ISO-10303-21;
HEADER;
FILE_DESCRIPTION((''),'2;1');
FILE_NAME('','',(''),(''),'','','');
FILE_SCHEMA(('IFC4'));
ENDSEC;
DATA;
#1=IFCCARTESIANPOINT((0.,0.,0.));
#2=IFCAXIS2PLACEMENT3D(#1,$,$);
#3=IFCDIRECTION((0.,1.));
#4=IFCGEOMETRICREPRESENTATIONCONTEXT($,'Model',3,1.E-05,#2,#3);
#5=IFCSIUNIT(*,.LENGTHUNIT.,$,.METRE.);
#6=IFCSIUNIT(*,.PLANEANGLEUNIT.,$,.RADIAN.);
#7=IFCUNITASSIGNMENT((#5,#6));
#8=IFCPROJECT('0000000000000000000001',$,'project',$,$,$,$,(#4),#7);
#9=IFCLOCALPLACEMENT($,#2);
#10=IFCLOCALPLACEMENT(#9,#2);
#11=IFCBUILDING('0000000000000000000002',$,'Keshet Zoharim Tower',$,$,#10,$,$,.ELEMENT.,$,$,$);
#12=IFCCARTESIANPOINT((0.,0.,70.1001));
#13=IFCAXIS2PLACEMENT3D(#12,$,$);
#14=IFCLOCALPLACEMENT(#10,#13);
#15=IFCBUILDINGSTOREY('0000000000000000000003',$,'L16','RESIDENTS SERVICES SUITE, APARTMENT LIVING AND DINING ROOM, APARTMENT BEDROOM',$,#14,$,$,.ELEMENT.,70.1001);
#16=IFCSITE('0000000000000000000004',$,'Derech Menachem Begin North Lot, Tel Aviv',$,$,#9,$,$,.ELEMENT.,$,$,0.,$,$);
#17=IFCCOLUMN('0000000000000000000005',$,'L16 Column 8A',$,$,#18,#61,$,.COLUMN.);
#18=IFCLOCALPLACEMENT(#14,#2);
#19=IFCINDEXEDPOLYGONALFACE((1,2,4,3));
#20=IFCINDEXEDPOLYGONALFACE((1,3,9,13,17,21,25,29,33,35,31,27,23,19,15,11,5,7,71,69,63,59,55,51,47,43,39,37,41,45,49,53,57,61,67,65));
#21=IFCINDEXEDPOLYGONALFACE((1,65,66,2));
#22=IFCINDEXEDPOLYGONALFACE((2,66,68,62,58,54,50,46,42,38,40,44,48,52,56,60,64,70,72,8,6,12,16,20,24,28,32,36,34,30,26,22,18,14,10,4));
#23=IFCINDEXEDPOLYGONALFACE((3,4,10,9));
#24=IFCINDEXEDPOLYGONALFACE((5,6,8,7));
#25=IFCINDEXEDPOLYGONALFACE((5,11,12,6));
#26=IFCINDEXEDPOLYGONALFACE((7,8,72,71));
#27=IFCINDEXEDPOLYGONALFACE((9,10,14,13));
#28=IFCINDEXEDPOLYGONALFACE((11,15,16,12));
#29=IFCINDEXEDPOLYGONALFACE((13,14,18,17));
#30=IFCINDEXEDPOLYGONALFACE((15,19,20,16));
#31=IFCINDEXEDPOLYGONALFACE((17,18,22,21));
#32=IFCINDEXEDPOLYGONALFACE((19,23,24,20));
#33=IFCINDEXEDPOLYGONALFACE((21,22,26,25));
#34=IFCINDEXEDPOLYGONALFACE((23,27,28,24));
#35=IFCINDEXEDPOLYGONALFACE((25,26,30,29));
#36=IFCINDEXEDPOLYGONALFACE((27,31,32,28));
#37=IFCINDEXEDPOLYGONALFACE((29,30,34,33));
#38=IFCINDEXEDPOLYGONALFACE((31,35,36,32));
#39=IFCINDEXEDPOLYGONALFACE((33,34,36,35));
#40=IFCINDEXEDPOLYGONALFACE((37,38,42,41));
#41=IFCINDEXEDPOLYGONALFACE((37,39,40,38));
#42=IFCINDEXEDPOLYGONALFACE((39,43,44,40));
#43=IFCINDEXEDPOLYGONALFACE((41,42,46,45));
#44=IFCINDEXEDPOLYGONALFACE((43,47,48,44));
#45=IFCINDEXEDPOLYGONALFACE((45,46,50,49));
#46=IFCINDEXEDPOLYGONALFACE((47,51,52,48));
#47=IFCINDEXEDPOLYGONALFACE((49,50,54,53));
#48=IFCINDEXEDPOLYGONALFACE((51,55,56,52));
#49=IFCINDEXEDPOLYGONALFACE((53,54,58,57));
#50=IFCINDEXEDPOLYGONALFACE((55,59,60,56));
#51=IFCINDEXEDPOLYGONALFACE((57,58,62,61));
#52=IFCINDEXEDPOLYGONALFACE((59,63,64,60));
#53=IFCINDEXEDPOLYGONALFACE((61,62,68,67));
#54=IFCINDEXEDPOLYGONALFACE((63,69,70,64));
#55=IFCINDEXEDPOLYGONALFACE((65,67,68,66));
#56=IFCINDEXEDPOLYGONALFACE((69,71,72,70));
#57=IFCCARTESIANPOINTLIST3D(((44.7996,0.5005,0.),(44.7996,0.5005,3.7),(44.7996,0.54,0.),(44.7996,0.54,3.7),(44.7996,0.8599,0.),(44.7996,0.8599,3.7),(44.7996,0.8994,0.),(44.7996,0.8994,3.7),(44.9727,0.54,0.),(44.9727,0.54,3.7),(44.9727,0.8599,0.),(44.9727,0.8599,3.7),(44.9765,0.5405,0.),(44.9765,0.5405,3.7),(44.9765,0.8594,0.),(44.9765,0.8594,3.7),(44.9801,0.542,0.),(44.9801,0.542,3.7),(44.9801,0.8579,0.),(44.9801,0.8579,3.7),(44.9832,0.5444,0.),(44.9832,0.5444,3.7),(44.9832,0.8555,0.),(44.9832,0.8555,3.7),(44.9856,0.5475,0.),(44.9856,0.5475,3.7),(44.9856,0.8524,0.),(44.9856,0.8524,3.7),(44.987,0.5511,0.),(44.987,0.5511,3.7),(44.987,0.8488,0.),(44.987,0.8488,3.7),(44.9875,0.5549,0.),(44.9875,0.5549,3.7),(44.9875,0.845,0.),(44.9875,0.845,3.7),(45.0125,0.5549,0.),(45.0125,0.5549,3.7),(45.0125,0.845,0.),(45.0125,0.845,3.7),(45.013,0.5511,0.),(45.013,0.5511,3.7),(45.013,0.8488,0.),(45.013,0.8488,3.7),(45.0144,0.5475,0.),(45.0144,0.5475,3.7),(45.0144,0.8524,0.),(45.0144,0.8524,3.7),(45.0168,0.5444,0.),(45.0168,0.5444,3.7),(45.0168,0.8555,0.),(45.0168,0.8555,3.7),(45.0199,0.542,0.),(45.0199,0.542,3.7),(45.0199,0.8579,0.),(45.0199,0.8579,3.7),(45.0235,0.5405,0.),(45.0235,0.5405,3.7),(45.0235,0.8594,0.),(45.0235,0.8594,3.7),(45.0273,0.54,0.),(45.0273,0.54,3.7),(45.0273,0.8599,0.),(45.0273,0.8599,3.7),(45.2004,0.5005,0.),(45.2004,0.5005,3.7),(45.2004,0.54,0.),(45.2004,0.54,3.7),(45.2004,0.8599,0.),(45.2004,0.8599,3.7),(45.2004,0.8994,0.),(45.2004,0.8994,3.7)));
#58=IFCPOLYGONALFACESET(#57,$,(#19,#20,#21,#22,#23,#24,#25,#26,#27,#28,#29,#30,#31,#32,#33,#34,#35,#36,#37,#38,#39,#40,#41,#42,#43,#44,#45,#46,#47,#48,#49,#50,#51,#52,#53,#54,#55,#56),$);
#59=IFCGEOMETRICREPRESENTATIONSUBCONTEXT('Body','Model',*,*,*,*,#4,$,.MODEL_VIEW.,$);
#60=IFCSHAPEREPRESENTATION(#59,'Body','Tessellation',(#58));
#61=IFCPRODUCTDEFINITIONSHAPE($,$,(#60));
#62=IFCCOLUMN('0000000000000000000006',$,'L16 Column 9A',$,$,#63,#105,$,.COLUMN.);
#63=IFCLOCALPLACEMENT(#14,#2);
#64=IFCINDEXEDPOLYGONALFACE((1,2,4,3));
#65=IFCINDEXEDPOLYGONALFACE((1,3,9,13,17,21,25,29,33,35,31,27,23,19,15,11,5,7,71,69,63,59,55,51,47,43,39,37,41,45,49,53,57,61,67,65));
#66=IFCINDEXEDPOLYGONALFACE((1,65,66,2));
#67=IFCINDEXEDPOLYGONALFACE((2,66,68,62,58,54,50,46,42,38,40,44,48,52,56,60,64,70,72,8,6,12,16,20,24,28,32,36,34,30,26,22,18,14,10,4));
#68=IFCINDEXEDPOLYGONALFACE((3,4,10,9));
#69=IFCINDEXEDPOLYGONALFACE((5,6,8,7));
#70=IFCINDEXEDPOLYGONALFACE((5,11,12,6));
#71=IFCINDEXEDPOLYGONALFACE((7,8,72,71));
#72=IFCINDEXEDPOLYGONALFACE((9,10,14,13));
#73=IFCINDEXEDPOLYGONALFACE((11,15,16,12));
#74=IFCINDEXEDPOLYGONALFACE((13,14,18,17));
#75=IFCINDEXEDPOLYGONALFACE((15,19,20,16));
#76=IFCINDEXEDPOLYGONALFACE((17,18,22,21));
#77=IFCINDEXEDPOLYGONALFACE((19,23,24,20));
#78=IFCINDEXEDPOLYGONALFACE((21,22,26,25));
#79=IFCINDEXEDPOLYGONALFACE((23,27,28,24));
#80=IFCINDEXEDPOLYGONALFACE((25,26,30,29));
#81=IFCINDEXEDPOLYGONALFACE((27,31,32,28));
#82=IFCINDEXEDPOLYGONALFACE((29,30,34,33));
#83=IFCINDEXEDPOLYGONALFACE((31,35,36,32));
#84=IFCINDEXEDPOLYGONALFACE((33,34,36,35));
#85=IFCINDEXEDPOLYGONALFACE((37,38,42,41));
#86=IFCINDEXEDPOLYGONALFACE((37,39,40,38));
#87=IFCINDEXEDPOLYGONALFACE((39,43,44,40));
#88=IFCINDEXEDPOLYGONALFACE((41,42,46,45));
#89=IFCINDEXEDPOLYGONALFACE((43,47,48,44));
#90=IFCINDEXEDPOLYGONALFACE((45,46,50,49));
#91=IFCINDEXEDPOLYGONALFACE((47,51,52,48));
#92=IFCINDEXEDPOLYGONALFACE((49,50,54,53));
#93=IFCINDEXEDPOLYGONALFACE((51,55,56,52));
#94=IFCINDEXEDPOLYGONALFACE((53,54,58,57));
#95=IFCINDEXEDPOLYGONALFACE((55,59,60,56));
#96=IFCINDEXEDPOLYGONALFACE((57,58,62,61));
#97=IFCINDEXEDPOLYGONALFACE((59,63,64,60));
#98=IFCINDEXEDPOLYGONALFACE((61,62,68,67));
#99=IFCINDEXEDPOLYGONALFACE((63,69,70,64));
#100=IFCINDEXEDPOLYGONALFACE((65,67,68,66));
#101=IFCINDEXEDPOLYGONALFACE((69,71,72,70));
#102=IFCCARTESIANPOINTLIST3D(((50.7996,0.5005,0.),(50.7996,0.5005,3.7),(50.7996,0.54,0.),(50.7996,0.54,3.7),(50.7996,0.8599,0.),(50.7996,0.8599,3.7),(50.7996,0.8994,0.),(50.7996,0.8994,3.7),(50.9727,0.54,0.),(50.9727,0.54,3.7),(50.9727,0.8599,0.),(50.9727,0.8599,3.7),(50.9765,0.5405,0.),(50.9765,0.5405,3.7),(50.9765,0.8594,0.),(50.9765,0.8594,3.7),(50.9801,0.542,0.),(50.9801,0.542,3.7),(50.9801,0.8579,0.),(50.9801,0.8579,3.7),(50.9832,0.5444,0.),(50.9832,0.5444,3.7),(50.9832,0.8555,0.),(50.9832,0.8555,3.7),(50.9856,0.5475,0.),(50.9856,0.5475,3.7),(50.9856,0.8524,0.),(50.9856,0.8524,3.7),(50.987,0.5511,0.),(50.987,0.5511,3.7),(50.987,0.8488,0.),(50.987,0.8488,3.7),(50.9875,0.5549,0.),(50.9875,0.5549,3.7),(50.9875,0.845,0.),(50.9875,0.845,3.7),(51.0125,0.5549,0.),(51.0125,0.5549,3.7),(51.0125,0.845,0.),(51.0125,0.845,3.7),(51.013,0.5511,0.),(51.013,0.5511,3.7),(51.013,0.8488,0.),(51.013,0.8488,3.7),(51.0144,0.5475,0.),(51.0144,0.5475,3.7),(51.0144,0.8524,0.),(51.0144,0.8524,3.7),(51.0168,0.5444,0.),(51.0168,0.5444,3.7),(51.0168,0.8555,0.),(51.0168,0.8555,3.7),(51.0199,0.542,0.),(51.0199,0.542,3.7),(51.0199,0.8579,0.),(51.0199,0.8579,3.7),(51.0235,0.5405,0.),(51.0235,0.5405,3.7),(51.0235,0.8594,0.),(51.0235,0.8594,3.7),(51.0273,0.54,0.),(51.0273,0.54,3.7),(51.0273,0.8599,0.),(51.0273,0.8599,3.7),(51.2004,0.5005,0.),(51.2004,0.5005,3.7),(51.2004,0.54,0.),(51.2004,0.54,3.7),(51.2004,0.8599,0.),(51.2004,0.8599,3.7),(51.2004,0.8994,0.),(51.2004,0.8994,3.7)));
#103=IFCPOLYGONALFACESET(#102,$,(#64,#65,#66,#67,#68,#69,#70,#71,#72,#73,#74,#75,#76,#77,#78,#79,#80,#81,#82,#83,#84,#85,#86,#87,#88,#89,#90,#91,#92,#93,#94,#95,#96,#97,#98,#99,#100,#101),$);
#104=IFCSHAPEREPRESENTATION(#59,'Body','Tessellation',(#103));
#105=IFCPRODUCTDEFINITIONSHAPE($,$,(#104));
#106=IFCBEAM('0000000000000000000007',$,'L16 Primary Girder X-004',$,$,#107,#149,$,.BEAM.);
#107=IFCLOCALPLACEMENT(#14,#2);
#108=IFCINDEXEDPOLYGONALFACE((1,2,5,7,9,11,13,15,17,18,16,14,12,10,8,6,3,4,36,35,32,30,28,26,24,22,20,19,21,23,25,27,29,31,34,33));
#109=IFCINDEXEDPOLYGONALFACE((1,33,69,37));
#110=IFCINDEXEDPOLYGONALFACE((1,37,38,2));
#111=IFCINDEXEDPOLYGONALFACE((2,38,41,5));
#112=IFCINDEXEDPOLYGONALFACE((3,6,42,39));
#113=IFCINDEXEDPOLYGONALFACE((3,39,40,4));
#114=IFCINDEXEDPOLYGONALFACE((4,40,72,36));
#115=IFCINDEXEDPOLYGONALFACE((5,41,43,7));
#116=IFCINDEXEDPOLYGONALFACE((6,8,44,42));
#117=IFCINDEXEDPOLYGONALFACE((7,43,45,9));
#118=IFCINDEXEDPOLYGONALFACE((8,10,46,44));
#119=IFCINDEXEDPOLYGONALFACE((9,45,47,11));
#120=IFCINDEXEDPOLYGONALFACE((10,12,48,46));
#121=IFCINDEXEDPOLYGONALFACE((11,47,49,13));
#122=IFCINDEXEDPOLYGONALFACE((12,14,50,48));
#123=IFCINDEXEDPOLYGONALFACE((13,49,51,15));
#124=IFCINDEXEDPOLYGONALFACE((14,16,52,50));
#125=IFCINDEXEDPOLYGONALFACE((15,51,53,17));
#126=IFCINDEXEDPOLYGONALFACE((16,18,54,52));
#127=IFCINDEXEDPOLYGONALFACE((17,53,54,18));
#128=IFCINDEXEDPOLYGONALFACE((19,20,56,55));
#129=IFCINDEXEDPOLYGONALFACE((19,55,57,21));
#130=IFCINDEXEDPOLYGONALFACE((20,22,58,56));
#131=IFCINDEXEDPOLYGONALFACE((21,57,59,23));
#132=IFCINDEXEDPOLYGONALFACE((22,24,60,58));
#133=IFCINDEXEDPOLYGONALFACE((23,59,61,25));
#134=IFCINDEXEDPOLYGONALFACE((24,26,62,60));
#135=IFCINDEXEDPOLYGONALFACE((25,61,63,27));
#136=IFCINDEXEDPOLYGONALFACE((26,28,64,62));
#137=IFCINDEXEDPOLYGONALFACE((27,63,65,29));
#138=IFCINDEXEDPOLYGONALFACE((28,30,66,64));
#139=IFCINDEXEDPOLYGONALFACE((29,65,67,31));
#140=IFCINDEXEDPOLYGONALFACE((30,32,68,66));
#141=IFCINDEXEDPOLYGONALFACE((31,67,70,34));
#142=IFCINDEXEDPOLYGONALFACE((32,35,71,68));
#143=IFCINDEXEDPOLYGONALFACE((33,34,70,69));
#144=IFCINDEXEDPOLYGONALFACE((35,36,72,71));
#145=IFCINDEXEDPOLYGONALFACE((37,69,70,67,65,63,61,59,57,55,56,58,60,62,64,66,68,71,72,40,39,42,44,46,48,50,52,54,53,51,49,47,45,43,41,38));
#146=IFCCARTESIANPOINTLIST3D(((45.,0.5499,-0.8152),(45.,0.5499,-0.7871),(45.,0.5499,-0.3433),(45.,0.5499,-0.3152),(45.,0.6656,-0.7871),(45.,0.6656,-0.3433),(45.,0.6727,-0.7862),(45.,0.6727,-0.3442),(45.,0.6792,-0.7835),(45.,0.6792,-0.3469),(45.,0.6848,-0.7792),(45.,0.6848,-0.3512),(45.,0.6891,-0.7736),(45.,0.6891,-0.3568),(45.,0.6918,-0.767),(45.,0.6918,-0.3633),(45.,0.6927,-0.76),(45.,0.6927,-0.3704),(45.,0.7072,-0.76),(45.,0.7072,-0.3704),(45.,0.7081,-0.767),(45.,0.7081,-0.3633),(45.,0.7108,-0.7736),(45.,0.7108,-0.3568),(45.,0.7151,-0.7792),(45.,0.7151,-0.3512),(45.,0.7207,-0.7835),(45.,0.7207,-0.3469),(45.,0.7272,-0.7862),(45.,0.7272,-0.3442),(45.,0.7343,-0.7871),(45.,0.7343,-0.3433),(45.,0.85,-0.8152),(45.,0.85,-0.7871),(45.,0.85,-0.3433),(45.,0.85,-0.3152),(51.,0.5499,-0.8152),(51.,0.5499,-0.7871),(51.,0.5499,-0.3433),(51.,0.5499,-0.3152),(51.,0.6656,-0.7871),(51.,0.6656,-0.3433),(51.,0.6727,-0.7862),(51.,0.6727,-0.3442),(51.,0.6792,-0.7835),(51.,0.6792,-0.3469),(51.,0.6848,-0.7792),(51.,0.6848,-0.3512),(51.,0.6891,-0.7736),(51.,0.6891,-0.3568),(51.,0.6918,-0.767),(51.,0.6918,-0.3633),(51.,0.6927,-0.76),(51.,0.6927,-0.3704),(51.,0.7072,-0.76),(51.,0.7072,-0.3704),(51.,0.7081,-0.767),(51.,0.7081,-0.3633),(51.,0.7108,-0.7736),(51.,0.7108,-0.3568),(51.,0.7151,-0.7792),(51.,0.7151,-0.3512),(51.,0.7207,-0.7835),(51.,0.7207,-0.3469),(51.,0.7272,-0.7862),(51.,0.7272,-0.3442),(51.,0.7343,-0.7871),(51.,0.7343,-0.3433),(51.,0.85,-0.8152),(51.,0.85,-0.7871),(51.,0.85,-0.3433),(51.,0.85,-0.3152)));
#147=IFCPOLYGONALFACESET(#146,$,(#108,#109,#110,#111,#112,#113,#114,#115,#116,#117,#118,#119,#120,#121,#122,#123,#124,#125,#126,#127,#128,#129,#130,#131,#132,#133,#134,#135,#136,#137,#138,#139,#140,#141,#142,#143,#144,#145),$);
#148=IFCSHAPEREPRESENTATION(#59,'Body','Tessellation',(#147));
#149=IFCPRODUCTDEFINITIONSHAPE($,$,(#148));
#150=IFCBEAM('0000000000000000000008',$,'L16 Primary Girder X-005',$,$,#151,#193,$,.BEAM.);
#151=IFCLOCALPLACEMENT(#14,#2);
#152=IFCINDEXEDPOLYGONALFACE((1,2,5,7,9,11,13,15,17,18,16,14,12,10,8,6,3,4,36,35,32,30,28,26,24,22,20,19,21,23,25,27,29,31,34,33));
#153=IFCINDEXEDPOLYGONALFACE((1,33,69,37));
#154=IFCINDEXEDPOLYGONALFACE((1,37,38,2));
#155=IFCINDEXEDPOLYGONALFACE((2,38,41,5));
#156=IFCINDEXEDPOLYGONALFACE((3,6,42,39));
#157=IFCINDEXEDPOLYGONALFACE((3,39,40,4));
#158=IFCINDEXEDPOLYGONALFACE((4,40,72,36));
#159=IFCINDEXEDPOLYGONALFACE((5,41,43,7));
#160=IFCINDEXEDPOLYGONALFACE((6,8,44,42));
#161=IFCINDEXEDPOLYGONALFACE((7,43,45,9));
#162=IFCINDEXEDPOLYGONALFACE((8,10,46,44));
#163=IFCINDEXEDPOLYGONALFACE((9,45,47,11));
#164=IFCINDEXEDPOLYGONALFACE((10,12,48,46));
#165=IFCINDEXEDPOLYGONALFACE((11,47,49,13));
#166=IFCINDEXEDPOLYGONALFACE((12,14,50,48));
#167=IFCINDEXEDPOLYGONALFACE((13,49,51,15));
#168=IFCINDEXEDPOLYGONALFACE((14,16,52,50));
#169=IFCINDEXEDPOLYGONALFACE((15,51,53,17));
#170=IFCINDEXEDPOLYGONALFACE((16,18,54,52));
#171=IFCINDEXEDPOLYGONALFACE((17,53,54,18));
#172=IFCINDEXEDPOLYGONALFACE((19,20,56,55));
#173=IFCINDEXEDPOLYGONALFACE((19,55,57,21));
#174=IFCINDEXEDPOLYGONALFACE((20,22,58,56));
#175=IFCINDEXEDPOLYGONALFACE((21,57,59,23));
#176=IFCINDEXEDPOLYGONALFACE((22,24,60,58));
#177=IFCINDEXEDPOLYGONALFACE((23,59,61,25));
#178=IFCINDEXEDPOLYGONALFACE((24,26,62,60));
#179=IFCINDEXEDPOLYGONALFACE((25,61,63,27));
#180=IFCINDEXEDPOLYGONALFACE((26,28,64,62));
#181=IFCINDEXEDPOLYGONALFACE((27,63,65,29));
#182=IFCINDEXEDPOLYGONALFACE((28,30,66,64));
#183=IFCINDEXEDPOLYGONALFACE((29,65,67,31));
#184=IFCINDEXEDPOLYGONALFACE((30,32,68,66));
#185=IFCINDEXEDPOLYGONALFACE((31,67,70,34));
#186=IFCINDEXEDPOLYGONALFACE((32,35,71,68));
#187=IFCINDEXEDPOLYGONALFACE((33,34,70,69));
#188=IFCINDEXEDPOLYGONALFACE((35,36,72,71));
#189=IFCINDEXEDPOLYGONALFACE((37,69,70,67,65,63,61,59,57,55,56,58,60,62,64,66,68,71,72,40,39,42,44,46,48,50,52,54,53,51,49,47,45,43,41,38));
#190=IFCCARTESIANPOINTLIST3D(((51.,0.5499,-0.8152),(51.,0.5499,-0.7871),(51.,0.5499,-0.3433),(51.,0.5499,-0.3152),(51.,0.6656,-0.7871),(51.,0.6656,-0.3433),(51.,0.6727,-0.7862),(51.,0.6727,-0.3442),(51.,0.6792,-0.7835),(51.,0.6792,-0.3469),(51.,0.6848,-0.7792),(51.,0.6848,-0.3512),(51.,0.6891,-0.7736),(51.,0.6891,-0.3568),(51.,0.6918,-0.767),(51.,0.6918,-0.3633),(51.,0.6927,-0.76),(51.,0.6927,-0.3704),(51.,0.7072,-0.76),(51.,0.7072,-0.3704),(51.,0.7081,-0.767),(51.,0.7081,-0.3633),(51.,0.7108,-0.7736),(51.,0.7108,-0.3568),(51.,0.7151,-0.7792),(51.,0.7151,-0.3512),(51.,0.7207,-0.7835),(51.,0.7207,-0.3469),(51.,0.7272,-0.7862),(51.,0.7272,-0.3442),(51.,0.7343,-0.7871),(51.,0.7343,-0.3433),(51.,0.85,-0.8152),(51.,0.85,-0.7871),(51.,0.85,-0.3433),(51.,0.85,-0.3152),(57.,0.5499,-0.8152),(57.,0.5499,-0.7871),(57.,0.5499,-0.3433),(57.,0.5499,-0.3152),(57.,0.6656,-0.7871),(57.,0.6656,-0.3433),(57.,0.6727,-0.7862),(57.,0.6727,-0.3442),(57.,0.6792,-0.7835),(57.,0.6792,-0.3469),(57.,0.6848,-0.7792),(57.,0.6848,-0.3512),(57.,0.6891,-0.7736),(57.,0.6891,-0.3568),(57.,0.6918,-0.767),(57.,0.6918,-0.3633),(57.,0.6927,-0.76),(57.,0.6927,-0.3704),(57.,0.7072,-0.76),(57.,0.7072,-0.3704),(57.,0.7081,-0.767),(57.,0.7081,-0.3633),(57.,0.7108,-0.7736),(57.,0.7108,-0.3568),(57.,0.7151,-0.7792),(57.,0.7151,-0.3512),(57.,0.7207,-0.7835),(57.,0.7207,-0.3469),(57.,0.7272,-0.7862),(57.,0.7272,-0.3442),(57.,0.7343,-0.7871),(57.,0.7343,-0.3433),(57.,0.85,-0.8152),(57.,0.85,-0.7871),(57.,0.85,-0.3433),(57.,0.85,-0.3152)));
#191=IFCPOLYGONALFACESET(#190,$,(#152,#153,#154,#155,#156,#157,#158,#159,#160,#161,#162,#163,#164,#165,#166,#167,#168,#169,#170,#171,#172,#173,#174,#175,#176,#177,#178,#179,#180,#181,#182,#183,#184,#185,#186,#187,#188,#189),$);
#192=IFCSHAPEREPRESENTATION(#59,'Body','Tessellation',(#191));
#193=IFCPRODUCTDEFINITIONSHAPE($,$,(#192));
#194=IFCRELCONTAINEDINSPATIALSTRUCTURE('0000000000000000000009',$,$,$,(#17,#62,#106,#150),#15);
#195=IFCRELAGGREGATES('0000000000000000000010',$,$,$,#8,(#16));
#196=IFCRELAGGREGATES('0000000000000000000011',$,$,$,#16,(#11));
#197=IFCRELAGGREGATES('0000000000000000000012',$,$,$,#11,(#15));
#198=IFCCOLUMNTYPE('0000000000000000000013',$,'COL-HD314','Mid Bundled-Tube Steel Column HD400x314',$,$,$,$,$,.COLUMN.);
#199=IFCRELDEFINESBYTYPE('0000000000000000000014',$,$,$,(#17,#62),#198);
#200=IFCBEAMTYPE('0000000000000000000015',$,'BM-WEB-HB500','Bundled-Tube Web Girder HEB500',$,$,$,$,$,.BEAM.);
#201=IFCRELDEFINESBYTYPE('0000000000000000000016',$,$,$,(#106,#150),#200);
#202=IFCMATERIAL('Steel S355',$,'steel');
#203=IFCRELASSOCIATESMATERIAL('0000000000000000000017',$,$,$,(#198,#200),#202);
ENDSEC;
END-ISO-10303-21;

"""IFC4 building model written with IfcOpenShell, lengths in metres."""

from ifc_helpers import new_model, si_unit, direction, frame, origin, origin_2d, place, context, subcontext, project, spatial, i_section, extrude, material, material_profile, profile_set, type_object, element, save


model = new_model("IFC4")

# Units and contexts
model_context = context("Model", 3, precision=1e-05, world=origin(), true_north=direction((0.0, 1.0)))
body_context = subcontext(model_context, "Body", "Model", "MODEL_VIEW")
ifc_project = project(units=[si_unit("LENGTHUNIT", "METRE"), si_unit("PLANEANGLEUNIT", "RADIAN")], contexts=[model_context])

# Site, building, storey
site_placement = place(None, origin())
site = spatial("IfcSite", under=ifc_project, at=site_placement, Name="Derech Menachem Begin North Lot, Tel Aviv", CompositionType="ELEMENT", RefElevation=0.0)
building_placement = place(site_placement, origin())
building = spatial("IfcBuilding", under=site, at=building_placement, Name="Keshet Zoharim Tower", CompositionType="ELEMENT")
storey_placement = place(building_placement, frame((0.0, 0.0, 70.1001)))
storey = spatial("IfcBuildingStorey", under=building, at=storey_placement, Name="L16", Description="RESIDENTS SERVICES SUITE, APARTMENT LIVING AND DINING ROOM, APARTMENT BEDROOM", CompositionType="ELEMENT", Elevation=70.1001)

# Columns
ifc_material_1 = material(Name="Steel S355", Category="steel")
ifc_material_profile_1 = material_profile(ifc_material_1, i_section(OverallWidth=0.4009, OverallDepth=0.3989, WebThickness=0.0249, FlangeThickness=0.0396, FilletRadius=0.0149, at=origin_2d()), Name="HD400x314")
ifc_profile_set_1 = profile_set([ifc_material_profile_1], Name="Steel S355")
column_type = type_object("IfcColumnType", Name="COL-HD314", Description="Mid Bundled-Tube Steel Column HD400x314", PredefinedType="COLUMN", material=ifc_profile_set_1)
for number, where, z_axis, x_axis, name in (
    (1, (45.0, 0.7, 0.0), (0.0, 0.0, 1.0), (1.0, 0.0, 0.0), "L16 Column 8A"),
    (2, (51.0, 0.7, 0.0), (0.0, 0.0, 1.0), (1.0, 0.0, 0.0), "L16 Column 9A"),
):
    element("IfcColumn", number, at=place(storey_placement, frame(where, z_axis=z_axis, x_axis=x_axis)), inside=storey, type_object=column_type, Name=name, PredefinedType="COLUMN", context=body_context, shape_type="SweptSolid", body=[
        extrude(i_section(OverallWidth=0.4009, OverallDepth=0.3989, WebThickness=0.0249, FlangeThickness=0.0396, FilletRadius=0.0149, at=origin_2d()), origin(), (0.0, 0.0, 1.0), 3.7),
    ])

# Beams
ifc_material_profile_2 = material_profile(ifc_material_1, i_section(OverallWidth=0.3, OverallDepth=0.5, WebThickness=0.0144, FlangeThickness=0.0281, FilletRadius=0.0271, at=origin_2d()), Name="HEB500")
ifc_profile_set_2 = profile_set([ifc_material_profile_2], Name="Steel S355")
beam_type = type_object("IfcBeamType", Name="BM-WEB-HB500", Description="Bundled-Tube Web Girder HEB500", PredefinedType="BEAM", material=ifc_profile_set_2)
for number, where, z_axis, x_axis, name in (
    (3, (45.0, 0.7, -0.5652), (1.0, 0.0, 0.0), (0.0, 1.0, 0.0), "L16 Primary Girder X-004"),
    (4, (51.0, 0.7, -0.5652), (1.0, 0.0, 0.0), (0.0, 1.0, 0.0), "L16 Primary Girder X-005"),
):
    element("IfcBeam", number, at=place(storey_placement, frame(where, z_axis=z_axis, x_axis=x_axis)), inside=storey, type_object=beam_type, Name=name, PredefinedType="BEAM", context=body_context, shape_type="SweptSolid", body=[
        extrude(i_section(OverallWidth=0.3, OverallDepth=0.5, WebThickness=0.0144, FlangeThickness=0.0281, FilletRadius=0.0271, at=origin_2d()), origin(), (0.0, 0.0, 1.0), 6.0),
    ])

save(model, "model.ifc")
